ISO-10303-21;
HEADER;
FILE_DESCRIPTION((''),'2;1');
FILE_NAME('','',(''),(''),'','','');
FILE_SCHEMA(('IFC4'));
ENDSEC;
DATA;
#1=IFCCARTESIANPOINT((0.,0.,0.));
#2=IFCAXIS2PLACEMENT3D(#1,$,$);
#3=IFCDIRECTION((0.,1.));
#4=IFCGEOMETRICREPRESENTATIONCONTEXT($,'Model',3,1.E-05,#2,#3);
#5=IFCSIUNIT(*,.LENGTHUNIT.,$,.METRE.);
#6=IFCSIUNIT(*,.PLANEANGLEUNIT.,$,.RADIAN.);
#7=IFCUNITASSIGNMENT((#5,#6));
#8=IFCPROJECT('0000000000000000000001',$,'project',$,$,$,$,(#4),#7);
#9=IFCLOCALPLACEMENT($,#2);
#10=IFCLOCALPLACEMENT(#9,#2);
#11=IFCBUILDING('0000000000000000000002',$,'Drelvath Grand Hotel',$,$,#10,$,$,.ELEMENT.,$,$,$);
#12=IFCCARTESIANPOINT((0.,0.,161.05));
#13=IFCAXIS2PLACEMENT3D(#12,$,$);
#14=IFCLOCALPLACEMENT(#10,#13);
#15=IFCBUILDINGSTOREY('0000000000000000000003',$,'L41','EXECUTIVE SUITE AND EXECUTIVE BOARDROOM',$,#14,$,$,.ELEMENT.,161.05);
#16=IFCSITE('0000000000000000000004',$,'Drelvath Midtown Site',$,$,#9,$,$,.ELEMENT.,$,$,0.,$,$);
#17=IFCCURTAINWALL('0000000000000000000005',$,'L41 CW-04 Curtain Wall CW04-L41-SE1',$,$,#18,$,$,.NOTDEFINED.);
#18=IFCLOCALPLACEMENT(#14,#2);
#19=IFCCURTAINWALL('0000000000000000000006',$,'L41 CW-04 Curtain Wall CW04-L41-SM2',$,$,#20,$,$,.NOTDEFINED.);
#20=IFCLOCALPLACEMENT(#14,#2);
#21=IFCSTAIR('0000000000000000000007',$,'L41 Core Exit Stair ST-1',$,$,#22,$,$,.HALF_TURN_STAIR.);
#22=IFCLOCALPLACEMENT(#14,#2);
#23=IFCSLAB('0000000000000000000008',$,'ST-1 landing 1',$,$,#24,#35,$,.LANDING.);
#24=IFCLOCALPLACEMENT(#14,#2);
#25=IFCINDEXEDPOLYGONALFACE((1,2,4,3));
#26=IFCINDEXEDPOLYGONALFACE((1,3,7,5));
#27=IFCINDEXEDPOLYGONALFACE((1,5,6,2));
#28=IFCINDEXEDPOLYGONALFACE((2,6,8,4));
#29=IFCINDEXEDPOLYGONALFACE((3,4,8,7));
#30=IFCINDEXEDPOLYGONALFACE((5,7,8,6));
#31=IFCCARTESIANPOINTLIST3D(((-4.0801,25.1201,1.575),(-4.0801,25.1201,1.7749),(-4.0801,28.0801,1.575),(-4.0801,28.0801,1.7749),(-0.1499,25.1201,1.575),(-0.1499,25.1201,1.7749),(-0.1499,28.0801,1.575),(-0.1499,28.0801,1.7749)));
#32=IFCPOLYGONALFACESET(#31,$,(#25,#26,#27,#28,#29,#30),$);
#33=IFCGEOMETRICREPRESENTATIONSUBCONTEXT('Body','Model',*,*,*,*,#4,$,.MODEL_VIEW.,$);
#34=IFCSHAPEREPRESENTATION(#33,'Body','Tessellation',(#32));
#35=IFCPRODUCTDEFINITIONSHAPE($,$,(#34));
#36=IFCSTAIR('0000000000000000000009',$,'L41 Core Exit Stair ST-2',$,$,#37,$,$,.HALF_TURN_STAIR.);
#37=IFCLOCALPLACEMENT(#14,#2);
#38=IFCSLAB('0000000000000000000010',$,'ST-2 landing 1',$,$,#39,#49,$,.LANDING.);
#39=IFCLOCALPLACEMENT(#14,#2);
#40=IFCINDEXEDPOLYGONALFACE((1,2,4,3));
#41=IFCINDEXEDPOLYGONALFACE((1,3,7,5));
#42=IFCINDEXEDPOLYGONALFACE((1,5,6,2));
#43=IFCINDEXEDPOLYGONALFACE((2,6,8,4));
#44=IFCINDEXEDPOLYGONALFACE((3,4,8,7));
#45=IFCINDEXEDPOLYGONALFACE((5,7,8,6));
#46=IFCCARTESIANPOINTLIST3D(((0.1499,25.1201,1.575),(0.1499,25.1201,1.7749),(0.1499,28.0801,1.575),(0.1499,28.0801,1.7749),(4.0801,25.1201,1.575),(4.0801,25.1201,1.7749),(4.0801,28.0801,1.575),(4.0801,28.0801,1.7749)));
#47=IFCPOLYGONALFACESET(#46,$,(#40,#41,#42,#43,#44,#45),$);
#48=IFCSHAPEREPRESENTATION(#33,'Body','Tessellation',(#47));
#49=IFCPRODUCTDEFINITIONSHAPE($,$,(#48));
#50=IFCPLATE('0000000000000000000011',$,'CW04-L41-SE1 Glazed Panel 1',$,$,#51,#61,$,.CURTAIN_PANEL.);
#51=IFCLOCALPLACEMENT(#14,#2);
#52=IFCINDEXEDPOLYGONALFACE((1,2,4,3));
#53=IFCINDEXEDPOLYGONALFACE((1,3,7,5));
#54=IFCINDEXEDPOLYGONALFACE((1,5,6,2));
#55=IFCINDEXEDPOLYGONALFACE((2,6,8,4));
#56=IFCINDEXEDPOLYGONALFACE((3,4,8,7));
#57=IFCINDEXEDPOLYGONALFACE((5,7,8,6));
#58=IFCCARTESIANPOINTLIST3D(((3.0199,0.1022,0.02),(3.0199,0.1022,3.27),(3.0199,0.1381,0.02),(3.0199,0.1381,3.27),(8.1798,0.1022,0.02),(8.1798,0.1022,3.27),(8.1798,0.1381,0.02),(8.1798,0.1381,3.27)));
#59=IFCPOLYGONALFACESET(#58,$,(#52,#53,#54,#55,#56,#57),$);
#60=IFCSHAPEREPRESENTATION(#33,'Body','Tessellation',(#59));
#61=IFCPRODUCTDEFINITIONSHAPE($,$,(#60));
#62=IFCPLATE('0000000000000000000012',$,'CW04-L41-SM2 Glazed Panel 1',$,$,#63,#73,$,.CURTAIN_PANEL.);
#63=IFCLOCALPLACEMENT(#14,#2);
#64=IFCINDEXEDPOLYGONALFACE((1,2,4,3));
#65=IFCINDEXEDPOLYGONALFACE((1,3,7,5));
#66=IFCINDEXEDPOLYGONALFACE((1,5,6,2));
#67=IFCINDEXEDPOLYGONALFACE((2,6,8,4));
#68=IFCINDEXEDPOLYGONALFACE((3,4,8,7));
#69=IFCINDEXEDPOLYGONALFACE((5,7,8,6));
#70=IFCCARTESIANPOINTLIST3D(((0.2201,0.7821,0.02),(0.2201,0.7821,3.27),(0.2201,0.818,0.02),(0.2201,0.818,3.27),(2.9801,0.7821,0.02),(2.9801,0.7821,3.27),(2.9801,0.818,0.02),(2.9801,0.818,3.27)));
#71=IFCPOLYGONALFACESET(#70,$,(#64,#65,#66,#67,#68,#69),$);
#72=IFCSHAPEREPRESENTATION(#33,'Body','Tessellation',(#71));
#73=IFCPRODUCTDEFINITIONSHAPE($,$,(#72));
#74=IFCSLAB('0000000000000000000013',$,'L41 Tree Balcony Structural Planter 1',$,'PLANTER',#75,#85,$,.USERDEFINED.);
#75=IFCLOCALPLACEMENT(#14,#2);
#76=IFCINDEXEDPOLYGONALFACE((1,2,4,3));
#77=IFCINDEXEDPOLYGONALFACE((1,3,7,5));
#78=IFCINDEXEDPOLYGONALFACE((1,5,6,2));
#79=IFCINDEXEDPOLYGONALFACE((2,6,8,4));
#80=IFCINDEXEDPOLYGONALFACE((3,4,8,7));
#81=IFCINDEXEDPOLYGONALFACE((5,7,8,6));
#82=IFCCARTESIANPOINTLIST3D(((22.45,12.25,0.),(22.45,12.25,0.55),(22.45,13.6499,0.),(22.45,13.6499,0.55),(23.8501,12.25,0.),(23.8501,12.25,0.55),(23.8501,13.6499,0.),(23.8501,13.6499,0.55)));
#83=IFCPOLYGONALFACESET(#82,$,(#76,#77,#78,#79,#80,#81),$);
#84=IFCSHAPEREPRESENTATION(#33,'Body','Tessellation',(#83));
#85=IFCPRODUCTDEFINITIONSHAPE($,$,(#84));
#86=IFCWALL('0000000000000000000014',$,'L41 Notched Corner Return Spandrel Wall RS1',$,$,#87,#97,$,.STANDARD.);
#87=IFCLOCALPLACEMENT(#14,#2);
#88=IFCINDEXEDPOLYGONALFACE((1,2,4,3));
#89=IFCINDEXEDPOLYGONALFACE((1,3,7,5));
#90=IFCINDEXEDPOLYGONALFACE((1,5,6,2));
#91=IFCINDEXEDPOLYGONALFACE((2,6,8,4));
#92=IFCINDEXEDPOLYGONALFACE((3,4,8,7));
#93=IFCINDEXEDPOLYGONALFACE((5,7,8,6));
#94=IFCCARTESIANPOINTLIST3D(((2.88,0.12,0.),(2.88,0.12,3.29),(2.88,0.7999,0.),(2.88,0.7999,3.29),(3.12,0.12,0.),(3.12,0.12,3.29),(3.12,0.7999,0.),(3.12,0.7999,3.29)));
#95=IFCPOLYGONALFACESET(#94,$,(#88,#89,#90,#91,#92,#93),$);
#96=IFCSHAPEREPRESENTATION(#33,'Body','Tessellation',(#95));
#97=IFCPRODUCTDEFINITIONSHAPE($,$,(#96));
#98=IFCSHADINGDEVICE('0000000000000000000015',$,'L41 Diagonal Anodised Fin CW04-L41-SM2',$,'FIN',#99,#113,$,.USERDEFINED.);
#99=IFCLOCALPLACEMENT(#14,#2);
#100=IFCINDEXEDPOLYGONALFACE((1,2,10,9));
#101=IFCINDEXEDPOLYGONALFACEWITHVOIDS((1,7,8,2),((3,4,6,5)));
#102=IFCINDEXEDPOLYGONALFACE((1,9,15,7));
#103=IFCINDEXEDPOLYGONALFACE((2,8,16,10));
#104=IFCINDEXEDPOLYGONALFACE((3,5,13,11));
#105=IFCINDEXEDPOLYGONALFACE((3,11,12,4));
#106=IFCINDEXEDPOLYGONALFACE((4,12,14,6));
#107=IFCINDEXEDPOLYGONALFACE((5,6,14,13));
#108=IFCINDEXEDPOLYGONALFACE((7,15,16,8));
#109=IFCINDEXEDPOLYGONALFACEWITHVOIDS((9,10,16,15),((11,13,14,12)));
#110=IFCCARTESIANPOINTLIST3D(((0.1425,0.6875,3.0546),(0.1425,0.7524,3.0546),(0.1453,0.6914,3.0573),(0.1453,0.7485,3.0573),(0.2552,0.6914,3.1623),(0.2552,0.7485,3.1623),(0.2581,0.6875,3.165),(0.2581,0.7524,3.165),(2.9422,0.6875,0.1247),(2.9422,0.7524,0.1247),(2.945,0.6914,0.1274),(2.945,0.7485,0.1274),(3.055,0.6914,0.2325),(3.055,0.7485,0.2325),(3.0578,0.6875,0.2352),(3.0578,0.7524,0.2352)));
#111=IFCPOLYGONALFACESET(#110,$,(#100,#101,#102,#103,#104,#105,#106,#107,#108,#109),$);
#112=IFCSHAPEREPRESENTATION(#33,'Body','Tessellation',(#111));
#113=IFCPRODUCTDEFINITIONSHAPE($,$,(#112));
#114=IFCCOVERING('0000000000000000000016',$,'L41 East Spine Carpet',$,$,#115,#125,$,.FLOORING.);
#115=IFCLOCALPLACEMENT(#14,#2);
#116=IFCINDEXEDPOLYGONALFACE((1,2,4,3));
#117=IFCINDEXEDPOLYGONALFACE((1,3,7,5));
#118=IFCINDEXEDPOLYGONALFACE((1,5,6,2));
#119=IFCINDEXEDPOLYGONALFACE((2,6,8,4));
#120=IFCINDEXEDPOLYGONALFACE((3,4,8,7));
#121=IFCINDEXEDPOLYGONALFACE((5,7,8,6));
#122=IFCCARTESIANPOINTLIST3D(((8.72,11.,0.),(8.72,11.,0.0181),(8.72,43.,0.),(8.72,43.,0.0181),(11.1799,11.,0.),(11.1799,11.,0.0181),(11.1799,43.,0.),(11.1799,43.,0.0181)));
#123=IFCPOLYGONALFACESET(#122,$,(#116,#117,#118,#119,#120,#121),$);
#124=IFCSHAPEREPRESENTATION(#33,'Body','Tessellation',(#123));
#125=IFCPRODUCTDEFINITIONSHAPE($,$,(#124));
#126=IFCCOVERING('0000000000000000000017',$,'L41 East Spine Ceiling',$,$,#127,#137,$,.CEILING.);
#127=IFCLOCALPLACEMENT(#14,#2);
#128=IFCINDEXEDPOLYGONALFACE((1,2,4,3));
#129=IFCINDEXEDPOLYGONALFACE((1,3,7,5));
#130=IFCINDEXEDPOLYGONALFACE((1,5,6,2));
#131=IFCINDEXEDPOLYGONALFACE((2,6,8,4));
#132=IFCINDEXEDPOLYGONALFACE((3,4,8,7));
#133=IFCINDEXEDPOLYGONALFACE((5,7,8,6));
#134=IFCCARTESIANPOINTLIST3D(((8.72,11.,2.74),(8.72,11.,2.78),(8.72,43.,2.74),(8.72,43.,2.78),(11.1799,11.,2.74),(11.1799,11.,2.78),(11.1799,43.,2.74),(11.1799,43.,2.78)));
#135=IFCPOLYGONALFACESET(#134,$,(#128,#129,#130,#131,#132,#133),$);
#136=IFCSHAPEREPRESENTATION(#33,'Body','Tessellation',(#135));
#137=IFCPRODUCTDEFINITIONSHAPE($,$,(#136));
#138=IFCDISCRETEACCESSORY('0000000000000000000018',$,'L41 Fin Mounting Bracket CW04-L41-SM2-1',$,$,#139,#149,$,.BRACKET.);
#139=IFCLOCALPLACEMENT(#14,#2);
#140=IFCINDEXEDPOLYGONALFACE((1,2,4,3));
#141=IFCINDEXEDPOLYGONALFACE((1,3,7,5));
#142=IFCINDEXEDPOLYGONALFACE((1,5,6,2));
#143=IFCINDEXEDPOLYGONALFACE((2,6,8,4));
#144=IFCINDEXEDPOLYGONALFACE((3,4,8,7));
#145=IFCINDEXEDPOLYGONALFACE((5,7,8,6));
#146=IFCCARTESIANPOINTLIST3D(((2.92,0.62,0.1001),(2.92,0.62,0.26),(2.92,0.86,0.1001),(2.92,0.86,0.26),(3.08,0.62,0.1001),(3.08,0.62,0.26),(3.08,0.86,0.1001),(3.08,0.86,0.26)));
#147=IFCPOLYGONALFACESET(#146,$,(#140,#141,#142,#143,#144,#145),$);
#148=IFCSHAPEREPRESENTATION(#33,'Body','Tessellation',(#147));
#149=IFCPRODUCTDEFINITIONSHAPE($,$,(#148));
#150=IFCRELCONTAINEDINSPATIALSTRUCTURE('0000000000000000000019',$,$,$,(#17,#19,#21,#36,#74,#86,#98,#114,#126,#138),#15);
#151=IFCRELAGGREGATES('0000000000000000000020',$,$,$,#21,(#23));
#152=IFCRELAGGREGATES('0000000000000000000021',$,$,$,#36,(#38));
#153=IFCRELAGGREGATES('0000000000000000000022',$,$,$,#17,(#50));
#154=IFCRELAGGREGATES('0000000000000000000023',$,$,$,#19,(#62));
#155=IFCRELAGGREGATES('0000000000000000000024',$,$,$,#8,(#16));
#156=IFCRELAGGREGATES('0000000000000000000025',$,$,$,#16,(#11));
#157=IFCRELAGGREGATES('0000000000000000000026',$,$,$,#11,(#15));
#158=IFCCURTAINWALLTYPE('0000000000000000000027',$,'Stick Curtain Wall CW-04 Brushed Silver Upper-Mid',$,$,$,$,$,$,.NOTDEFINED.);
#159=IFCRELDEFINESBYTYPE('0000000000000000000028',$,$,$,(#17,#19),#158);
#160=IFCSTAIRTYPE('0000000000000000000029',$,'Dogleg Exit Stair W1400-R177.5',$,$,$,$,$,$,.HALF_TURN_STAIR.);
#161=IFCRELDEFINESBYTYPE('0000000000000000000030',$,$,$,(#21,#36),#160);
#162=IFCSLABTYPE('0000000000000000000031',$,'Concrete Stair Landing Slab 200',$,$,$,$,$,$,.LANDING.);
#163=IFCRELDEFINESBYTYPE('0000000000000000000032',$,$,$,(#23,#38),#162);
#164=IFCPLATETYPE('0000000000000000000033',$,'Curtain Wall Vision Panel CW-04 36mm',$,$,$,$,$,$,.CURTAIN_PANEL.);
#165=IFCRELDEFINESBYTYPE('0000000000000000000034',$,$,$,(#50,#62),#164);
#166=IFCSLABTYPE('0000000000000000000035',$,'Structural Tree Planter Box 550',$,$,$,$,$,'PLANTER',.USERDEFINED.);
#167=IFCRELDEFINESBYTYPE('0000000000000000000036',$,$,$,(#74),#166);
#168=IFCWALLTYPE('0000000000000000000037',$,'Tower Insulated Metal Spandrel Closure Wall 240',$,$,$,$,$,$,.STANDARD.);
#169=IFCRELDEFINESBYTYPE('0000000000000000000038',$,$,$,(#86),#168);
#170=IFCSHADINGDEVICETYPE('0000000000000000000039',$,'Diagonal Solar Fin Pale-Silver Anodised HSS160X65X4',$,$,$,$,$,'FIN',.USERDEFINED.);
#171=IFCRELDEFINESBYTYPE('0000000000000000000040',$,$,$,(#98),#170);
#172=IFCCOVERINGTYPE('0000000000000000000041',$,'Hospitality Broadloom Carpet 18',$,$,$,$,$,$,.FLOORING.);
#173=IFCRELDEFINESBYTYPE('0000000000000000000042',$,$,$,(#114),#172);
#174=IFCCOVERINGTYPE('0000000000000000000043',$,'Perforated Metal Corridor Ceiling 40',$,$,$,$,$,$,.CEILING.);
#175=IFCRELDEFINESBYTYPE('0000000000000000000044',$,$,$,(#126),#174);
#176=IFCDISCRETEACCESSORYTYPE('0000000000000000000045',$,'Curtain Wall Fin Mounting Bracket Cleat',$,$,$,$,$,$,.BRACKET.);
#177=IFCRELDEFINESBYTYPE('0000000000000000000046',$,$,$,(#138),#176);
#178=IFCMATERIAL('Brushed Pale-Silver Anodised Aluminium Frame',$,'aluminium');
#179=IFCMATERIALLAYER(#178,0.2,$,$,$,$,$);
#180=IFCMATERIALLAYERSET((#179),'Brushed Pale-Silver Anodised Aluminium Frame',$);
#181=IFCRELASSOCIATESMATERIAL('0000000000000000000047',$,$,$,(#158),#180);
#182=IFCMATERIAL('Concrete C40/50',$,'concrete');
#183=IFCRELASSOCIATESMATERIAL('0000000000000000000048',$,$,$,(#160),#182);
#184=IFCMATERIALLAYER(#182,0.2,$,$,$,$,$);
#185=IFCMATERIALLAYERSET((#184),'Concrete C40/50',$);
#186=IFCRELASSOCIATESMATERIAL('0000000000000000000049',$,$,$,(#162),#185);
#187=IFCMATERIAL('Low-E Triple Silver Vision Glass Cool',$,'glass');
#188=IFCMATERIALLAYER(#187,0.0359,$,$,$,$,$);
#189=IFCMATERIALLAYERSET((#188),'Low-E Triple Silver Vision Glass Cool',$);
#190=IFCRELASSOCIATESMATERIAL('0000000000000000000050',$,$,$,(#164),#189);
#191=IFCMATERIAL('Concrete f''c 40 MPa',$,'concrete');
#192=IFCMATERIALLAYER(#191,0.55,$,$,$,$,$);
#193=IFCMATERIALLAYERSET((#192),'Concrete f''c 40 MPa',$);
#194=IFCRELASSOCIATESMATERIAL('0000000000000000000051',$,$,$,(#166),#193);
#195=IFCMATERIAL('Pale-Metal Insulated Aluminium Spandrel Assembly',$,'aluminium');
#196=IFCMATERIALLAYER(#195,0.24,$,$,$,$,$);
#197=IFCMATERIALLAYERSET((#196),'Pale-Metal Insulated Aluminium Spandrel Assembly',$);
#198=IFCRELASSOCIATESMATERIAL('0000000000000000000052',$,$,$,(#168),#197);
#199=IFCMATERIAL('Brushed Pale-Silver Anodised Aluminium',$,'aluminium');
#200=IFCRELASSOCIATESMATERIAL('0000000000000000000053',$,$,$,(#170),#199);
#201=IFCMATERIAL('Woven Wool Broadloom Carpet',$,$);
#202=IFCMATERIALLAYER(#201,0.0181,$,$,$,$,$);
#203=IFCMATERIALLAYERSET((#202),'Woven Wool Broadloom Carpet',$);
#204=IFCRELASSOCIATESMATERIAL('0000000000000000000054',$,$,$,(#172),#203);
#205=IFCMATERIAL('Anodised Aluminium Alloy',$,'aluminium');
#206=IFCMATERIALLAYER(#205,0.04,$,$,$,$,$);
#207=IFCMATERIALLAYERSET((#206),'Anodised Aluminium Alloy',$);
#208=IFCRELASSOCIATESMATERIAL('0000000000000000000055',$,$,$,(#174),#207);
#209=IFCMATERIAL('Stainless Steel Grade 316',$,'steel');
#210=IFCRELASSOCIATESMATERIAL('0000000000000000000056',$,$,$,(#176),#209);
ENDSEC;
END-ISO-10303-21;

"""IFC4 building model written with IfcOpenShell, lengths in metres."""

from ifc_helpers import new_model, si_unit, direction, frame, frame_2d, origin, origin_2d, place, context, subcontext, project, spatial, polyline, rectangle, hollow_rectangle, outline, extrude, material, layer, layer_set, material_profile, profile_set, type_object, element, aggregate, save


model = new_model("IFC4")

# Units and contexts
model_context = context("Model", 3, precision=1e-05, world=origin(), true_north=direction((0.0, 1.0)))
body_context = subcontext(model_context, "Body", "Model", "MODEL_VIEW")
ifc_project = project(units=[si_unit("LENGTHUNIT", "METRE"), si_unit("PLANEANGLEUNIT", "RADIAN")], contexts=[model_context])

# Site, building, storey
site_placement = place(None, origin())
site = spatial("IfcSite", under=ifc_project, at=site_placement, Name="Drelvath Midtown Site", CompositionType="ELEMENT", RefElevation=0.0)
building_placement = place(site_placement, origin())
building = spatial("IfcBuilding", under=site, at=building_placement, Name="Drelvath Grand Hotel", CompositionType="ELEMENT")
storey_placement = place(building_placement, frame((0.0, 0.0, 161.05)))
storey = spatial("IfcBuildingStorey", under=building, at=storey_placement, Name="L41", Description="EXECUTIVE SUITE AND EXECUTIVE BOARDROOM", CompositionType="ELEMENT", Elevation=161.05)

# Curtain walls
ifc_material_1 = material(Name="Brushed Pale-Silver Anodised Aluminium Frame", Category="aluminium")
ifc_layer_1 = layer(ifc_material_1, 0.2)
ifc_layer_set_1 = layer_set([ifc_layer_1], Name="Brushed Pale-Silver Anodised Aluminium Frame")
curtain_wall_type = type_object("IfcCurtainWallType", Name="Stick Curtain Wall CW-04 Brushed Silver Upper-Mid", PredefinedType="NOTDEFINED", material=ifc_layer_set_1)
curtain_wall_1_placement = place(storey_placement, origin())
curtain_wall_1 = element("IfcCurtainWall", 1, at=curtain_wall_1_placement, inside=storey, type_object=curtain_wall_type, Name="L41 CW-04 Curtain Wall CW04-L41-SE1", PredefinedType="NOTDEFINED")
curtain_wall_2_placement = place(storey_placement, origin())
curtain_wall_2 = element("IfcCurtainWall", 2, at=curtain_wall_2_placement, inside=storey, type_object=curtain_wall_type, Name="L41 CW-04 Curtain Wall CW04-L41-SM2", PredefinedType="NOTDEFINED")

# Shared definitions
ifc_material_2 = material(Name="Concrete f'c 40 MPa", Category="concrete")

# Stairs, slabs
ifc_material_3 = material(Name="Concrete C40/50", Category="concrete")
stair_type = type_object("IfcStairType", Name="Dogleg Exit Stair W1400-R177.5", PredefinedType="HALF_TURN_STAIR", material=ifc_material_3)
stair_1_placement = place(storey_placement, origin())
stair_1 = element("IfcStair", 3, at=stair_1_placement, inside=storey, type_object=stair_type, Name="L41 Core Exit Stair ST-1", PredefinedType="HALF_TURN_STAIR")
ifc_layer_2 = layer(ifc_material_3, 0.2)
ifc_layer_set_2 = layer_set([ifc_layer_2], Name="Concrete C40/50")
slab_type_1 = type_object("IfcSlabType", Name="Concrete Stair Landing Slab 200", PredefinedType="LANDING", material=ifc_layer_set_2)
slab_1_placement = place(storey_placement, frame((0.0, 0.0, 1.575)))
slab_1 = element("IfcSlab", 4, at=slab_1_placement, type_object=slab_type_1, Name="ST-1 landing 1", PredefinedType="LANDING", context=body_context, shape_type="SweptSolid", body=[
    extrude(outline(polyline([(-4.0801, 25.1201), (-0.1499, 25.1201), (-0.1499, 28.0801), (-4.0801, 28.0801), (-4.0801, 25.1201)])), origin(), (0.0, 0.0, 1.0), 0.2),
])
aggregate(stair_1, [slab_1])
stair_2_placement = place(storey_placement, origin())
stair_2 = element("IfcStair", 5, at=stair_2_placement, inside=storey, type_object=stair_type, Name="L41 Core Exit Stair ST-2", PredefinedType="HALF_TURN_STAIR")
slab_2_placement = place(storey_placement, frame((0.0, 0.0, 1.575)))
slab_2 = element("IfcSlab", 6, at=slab_2_placement, type_object=slab_type_1, Name="ST-2 landing 1", PredefinedType="LANDING", context=body_context, shape_type="SweptSolid", body=[
    extrude(outline(polyline([(4.0801, 28.0801), (0.1499, 28.0801), (0.1499, 25.1201), (4.0801, 25.1201), (4.0801, 28.0801)])), origin(), (0.0, 0.0, 1.0), 0.2),
])
aggregate(stair_2, [slab_2])

# Plates
ifc_material_4 = material(Name="Low-E Triple Silver Vision Glass Cool", Category="glass")
ifc_layer_3 = layer(ifc_material_4, 0.0359)
ifc_layer_set_3 = layer_set([ifc_layer_3], Name="Low-E Triple Silver Vision Glass Cool")
plate_type = type_object("IfcPlateType", Name="Curtain Wall Vision Panel CW-04 36mm", PredefinedType="CURTAIN_PANEL", material=ifc_layer_set_3)
plate_1_placement = place(storey_placement, frame((5.5999, 0.1201, 0.02), z_axis=(0.0, 0.0, 1.0), x_axis=(-1.0, 0.0, 0.0)))
plate_1 = element("IfcPlate", 7, at=plate_1_placement, type_object=plate_type, Name="CW04-L41-SE1 Glazed Panel 1", PredefinedType="CURTAIN_PANEL", context=body_context, shape_type="SweptSolid", body=[
    extrude(rectangle(XDim=5.1599, YDim=0.0359, at=origin_2d()), origin(), (0.0, 0.0, 1.0), 3.25),
])
aggregate(curtain_wall_1, [plate_1])
plate_2_placement = place(storey_placement, frame((1.6001, 0.8, 0.02), z_axis=(0.0, 0.0, 1.0), x_axis=(-1.0, 0.0, 0.0)))
plate_2 = element("IfcPlate", 8, at=plate_2_placement, type_object=plate_type, Name="CW04-L41-SM2 Glazed Panel 1", PredefinedType="CURTAIN_PANEL", context=body_context, shape_type="SweptSolid", body=[
    extrude(rectangle(XDim=2.76, YDim=0.0359, at=origin_2d()), origin(), (0.0, 0.0, 1.0), 3.25),
])
aggregate(curtain_wall_2, [plate_2])

# Slab
ifc_layer_4 = layer(ifc_material_2, 0.55)
ifc_layer_set_4 = layer_set([ifc_layer_4], Name="Concrete f'c 40 MPa")
slab_type_2 = type_object("IfcSlabType", Name="Structural Tree Planter Box 550", ElementType="PLANTER", PredefinedType="USERDEFINED", material=ifc_layer_set_4)
slab_3_placement = place(storey_placement, origin())
element("IfcSlab", 9, at=slab_3_placement, inside=storey, type_object=slab_type_2, Name="L41 Tree Balcony Structural Planter 1", ObjectType="PLANTER", PredefinedType="USERDEFINED", context=body_context, shape_type="SweptSolid", body=[
    extrude(outline(polyline([(22.45, 12.25), (23.8501, 12.25), (23.8501, 13.6499), (22.45, 13.6499), (22.45, 12.25)])), origin(), (0.0, 0.0, 1.0), 0.55),
])

# Wall
ifc_material_5 = material(Name="Pale-Metal Insulated Aluminium Spandrel Assembly", Category="aluminium")
ifc_layer_5 = layer(ifc_material_5, 0.24)
ifc_layer_set_5 = layer_set([ifc_layer_5], Name="Pale-Metal Insulated Aluminium Spandrel Assembly")
wall_type = type_object("IfcWallType", Name="Tower Insulated Metal Spandrel Closure Wall 240", PredefinedType="STANDARD", material=ifc_layer_set_5)
wall_placement = place(storey_placement, frame((3.0, 0.1201, 0.0), z_axis=(0.0, 0.0, 1.0), x_axis=(0.0, 1.0, 0.0)))
element("IfcWall", 10, at=wall_placement, inside=storey, type_object=wall_type, Name="L41 Notched Corner Return Spandrel Wall RS1", PredefinedType="STANDARD", context=body_context, shape_type="SweptSolid", body=[
    extrude(rectangle(XDim=0.6799, YDim=0.24, at=frame_2d((0.3398, 0.0))), origin(), (0.0, 0.0, 1.0), 3.29),
])

# Shading device
ifc_material_6 = material(Name="Brushed Pale-Silver Anodised Aluminium", Category="aluminium")
ifc_material_profile_1 = material_profile(ifc_material_6, hollow_rectangle(XDim=0.0649, YDim=0.1599, WallThickness=0.0039, at=origin_2d()), Name="HSS160X65X4")
ifc_profile_set_1 = profile_set([ifc_material_profile_1], Name="Brushed Pale-Silver Anodised Aluminium")
shading_device_type = type_object("IfcShadingDeviceType", Name="Diagonal Solar Fin Pale-Silver Anodised HSS160X65X4", ElementType="FIN", PredefinedType="USERDEFINED", material=ifc_profile_set_1)
shading_device_placement = place(storey_placement, frame((3.0, 0.72, 0.1799), z_axis=(-0.69087, 0.0, 0.722979), x_axis=(0.0, -1.0, 0.0)))
element("IfcShadingDevice", 11, at=shading_device_placement, inside=storey, type_object=shading_device_type, Name="L41 Diagonal Anodised Fin CW04-L41-SM2", ObjectType="FIN", PredefinedType="USERDEFINED", context=body_context, shape_type="SweptSolid", body=[
    extrude(hollow_rectangle(XDim=0.0649, YDim=0.1599, WallThickness=0.0039, at=origin_2d()), origin(), (0.0, 0.0, 1.0), 4.0525),
])

# Coverings
ifc_material_7 = material(Name="Woven Wool Broadloom Carpet")
ifc_layer_6 = layer(ifc_material_7, 0.0181)
ifc_layer_set_6 = layer_set([ifc_layer_6], Name="Woven Wool Broadloom Carpet")
covering_type_1 = type_object("IfcCoveringType", Name="Hospitality Broadloom Carpet 18", PredefinedType="FLOORING", material=ifc_layer_set_6)
covering_1_placement = place(storey_placement, origin())
element("IfcCovering", 12, at=covering_1_placement, inside=storey, type_object=covering_type_1, Name="L41 East Spine Carpet", PredefinedType="FLOORING", context=body_context, shape_type="SweptSolid", body=[
    extrude(outline(polyline([(11.1799, 11.0), (11.1799, 43.0), (8.72, 43.0), (8.72, 11.0), (11.1799, 11.0)])), origin(), (0.0, 0.0, 1.0), 0.0181),
])
ifc_material_8 = material(Name="Anodised Aluminium Alloy", Category="aluminium")
ifc_layer_7 = layer(ifc_material_8, 0.04)
ifc_layer_set_7 = layer_set([ifc_layer_7], Name="Anodised Aluminium Alloy")
covering_type_2 = type_object("IfcCoveringType", Name="Perforated Metal Corridor Ceiling 40", PredefinedType="CEILING", material=ifc_layer_set_7)
covering_2_placement = place(storey_placement, frame((0.0, 0.0, 2.74)))
element("IfcCovering", 13, at=covering_2_placement, inside=storey, type_object=covering_type_2, Name="L41 East Spine Ceiling", PredefinedType="CEILING", context=body_context, shape_type="SweptSolid", body=[
    extrude(outline(polyline([(11.1799, 11.0), (11.1799, 43.0), (8.72, 43.0), (8.72, 11.0), (11.1799, 11.0)])), origin(), (0.0, 0.0, 1.0), 0.04),
])

# Discrete accessory
ifc_material_9 = material(Name="Stainless Steel Grade 316", Category="steel")
discrete_accessory_type = type_object("IfcDiscreteAccessoryType", Name="Curtain Wall Fin Mounting Bracket Cleat", PredefinedType="BRACKET", material=ifc_material_9)
discrete_accessory_placement = place(storey_placement, frame((3.0, 0.74, 0.1001), z_axis=(0.0, 0.0, 1.0), x_axis=(-1.0, 0.0, 0.0)))
element("IfcDiscreteAccessory", 14, at=discrete_accessory_placement, inside=storey, type_object=discrete_accessory_type, Name="L41 Fin Mounting Bracket CW04-L41-SM2-1", PredefinedType="BRACKET", context=body_context, shape_type="SweptSolid", body=[
    extrude(rectangle(XDim=0.1599, YDim=0.24, at=origin_2d()), origin(), (0.0, 0.0, 1.0), 0.1599),
])

save(model, "model.ifc")
